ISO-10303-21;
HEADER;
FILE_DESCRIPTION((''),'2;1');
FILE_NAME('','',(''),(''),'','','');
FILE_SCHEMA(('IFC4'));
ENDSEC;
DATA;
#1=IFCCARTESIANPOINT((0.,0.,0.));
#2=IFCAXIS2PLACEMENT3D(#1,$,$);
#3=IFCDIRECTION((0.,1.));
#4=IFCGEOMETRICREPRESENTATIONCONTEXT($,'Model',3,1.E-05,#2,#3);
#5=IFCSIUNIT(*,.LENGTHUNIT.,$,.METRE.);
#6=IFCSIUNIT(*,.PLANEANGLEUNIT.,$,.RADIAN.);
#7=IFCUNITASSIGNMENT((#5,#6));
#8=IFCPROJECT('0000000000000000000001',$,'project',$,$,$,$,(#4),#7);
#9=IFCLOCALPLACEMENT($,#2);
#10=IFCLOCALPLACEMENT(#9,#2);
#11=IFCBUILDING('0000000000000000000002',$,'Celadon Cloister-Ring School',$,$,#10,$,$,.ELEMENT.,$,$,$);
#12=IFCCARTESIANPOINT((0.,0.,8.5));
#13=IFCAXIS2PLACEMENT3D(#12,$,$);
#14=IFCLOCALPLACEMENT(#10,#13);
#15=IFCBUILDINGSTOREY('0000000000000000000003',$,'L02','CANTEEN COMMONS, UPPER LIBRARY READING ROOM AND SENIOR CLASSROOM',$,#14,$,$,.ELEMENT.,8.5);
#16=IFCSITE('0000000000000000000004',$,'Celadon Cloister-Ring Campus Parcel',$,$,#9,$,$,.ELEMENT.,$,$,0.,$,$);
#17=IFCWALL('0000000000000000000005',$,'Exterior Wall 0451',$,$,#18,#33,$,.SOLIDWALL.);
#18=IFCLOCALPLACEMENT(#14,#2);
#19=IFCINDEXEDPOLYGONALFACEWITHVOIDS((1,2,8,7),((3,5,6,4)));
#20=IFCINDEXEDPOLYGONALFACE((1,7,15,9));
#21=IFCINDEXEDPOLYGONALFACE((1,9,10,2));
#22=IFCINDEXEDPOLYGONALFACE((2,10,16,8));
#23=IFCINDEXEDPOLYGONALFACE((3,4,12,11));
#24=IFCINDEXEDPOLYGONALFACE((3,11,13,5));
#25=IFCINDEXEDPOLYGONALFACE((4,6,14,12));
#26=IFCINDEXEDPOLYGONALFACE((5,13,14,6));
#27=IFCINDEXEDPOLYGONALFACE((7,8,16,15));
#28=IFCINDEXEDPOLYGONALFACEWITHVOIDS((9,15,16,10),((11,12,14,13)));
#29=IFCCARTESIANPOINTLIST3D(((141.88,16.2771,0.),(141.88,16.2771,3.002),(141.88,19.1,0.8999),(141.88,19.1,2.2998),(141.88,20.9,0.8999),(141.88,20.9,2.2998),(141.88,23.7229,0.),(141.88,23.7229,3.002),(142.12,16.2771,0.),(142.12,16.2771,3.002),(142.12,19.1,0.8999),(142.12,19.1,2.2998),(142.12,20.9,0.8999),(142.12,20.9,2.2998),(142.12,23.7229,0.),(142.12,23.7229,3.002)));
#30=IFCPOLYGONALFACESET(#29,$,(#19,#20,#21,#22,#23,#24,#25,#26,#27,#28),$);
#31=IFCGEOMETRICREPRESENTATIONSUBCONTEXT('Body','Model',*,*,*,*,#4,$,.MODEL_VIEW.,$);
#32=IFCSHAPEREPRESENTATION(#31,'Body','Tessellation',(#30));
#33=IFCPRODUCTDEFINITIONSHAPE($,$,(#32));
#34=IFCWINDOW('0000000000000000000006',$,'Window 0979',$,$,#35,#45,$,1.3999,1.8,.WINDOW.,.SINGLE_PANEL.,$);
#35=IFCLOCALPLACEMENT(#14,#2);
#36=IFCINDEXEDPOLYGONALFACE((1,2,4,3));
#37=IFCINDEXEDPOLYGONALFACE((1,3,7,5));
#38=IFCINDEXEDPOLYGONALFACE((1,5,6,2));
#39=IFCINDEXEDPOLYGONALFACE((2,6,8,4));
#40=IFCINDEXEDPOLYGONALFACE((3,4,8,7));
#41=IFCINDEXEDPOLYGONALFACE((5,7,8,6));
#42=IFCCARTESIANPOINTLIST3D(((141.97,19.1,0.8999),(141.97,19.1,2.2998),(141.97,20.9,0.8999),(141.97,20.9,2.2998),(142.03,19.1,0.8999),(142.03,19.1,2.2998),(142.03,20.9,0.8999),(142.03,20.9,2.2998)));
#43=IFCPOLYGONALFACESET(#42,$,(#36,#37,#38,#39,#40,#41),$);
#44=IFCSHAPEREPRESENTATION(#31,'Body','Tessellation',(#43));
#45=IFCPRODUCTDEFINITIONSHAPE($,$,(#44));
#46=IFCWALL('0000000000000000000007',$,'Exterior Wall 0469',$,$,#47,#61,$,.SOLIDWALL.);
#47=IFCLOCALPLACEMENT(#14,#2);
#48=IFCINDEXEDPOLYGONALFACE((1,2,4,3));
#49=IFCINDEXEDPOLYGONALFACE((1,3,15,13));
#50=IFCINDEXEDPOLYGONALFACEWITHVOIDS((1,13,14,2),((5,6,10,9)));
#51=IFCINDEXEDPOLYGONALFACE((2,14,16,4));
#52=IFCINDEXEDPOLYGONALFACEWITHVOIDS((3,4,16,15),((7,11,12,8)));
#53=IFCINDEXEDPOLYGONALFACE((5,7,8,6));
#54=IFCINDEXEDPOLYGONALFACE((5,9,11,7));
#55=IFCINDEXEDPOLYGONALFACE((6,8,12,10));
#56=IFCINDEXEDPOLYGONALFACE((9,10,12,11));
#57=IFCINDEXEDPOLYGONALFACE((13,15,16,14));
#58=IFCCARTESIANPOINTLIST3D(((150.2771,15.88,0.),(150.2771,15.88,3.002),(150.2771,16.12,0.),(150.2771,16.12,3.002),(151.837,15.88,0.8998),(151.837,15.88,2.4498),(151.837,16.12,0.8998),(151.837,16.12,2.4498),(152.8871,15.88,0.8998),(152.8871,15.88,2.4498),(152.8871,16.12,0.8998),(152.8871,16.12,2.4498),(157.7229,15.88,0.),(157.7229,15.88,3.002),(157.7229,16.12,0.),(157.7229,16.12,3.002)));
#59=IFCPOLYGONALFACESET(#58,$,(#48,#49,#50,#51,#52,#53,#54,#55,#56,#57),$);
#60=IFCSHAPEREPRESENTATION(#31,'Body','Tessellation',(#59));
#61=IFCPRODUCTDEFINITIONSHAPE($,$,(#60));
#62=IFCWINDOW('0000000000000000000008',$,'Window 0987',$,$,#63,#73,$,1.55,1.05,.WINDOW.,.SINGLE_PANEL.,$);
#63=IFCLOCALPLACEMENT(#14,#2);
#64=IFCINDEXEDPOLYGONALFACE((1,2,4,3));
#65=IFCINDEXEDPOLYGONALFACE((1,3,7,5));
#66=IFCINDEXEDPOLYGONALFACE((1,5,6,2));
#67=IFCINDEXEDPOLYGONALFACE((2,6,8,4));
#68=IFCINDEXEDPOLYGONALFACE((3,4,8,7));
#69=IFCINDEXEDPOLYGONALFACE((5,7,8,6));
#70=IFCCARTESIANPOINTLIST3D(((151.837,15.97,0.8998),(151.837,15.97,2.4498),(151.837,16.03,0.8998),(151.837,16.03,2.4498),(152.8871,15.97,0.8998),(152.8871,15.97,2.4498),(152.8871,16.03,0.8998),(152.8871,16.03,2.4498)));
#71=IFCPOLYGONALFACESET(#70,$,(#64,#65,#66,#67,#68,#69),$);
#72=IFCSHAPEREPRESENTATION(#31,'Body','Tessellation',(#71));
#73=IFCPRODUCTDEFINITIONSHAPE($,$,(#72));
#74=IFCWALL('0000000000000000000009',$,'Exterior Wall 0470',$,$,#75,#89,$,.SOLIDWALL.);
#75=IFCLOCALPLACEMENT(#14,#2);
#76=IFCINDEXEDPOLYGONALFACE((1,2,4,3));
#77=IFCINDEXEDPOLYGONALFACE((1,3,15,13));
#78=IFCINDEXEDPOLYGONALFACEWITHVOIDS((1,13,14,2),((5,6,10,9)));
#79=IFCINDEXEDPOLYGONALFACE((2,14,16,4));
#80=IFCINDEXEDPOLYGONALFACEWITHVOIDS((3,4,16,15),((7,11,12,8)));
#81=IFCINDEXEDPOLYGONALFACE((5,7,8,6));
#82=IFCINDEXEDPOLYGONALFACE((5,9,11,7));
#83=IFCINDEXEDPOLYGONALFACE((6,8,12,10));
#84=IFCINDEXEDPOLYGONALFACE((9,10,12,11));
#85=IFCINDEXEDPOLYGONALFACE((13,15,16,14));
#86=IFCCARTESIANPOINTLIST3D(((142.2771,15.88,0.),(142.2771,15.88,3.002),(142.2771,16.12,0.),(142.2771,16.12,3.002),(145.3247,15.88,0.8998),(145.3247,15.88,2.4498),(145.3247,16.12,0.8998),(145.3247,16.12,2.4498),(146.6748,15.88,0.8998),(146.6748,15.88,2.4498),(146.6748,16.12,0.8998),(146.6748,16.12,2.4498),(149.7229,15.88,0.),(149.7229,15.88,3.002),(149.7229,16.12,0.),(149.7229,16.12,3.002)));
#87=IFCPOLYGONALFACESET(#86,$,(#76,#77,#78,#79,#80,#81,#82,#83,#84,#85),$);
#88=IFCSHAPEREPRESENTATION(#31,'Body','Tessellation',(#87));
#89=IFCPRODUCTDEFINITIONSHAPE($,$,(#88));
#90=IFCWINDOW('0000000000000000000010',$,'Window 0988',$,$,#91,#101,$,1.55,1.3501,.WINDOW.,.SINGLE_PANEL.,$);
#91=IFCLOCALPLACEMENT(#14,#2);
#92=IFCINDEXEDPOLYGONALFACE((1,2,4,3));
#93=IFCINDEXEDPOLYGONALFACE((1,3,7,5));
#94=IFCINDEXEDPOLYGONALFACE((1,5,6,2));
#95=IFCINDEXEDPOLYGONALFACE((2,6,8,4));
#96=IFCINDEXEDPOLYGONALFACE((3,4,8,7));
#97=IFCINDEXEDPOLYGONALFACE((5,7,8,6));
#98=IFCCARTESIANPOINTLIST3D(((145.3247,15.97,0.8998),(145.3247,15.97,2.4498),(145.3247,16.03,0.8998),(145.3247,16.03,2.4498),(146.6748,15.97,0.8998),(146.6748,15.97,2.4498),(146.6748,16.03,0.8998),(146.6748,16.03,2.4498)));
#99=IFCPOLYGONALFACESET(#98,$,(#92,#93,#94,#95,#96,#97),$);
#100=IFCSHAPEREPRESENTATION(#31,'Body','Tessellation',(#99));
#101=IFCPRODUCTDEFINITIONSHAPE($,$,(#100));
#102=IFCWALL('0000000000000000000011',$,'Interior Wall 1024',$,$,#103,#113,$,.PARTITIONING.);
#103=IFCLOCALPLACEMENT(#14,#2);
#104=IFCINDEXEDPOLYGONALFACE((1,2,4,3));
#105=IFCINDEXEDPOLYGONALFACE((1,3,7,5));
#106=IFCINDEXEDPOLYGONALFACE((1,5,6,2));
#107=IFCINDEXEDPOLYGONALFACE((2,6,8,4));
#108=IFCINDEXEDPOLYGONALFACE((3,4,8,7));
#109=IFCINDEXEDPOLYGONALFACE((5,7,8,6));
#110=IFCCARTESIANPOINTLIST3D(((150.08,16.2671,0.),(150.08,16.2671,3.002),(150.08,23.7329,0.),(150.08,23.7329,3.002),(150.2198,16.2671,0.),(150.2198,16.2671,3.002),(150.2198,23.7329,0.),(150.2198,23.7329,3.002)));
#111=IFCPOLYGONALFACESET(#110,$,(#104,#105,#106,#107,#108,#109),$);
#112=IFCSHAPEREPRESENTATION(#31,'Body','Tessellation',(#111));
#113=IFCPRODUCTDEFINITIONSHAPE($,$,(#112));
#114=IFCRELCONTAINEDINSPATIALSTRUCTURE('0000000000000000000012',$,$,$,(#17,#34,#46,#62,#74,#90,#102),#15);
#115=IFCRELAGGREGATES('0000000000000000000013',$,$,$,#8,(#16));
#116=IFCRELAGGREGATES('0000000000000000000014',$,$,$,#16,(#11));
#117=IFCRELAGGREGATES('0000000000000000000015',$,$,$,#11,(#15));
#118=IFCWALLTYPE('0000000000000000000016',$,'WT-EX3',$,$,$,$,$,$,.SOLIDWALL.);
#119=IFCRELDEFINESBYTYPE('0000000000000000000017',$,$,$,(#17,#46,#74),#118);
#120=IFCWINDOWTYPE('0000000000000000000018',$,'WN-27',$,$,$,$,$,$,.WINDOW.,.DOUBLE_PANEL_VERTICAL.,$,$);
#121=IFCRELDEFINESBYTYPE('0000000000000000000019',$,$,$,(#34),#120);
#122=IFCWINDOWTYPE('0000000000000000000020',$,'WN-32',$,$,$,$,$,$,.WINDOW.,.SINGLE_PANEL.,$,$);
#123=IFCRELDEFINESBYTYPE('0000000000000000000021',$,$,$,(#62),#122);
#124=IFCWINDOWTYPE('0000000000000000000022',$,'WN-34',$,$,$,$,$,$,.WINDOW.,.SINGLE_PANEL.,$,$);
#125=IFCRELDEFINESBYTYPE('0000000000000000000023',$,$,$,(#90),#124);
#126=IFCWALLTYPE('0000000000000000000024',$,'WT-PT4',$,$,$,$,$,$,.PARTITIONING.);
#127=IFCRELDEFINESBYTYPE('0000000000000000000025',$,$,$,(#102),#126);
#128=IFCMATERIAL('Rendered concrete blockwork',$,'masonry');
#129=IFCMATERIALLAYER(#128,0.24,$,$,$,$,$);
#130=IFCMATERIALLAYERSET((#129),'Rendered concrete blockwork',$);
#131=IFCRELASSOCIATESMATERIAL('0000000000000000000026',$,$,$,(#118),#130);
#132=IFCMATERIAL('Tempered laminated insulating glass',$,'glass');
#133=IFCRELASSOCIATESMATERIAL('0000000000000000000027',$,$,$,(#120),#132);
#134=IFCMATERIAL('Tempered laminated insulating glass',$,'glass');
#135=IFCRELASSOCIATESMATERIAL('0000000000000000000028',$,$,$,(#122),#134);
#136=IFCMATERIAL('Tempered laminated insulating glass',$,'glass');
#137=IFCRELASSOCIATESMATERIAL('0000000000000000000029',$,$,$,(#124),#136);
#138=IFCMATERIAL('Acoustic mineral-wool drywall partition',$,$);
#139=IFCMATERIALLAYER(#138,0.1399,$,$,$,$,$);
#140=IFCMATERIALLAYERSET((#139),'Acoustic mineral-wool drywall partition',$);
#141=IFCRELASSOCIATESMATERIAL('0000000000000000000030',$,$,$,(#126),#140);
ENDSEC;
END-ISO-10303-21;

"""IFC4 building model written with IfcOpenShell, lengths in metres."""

from ifc_helpers import new_model, si_unit, direction, frame, frame_2d, origin, place, context, subcontext, project, spatial, rectangle, extrude, material, layer, layer_set, type_object, element, fill, save


model = new_model("IFC4")

# Units and contexts
model_context = context("Model", 3, precision=1e-05, world=origin(), true_north=direction((0.0, 1.0)))
body_context = subcontext(model_context, "Body", "Model", "MODEL_VIEW")
ifc_project = project(units=[si_unit("LENGTHUNIT", "METRE"), si_unit("PLANEANGLEUNIT", "RADIAN")], contexts=[model_context])

# Site, building, storey
site_placement = place(None, origin())
site = spatial("IfcSite", under=ifc_project, at=site_placement, Name="Celadon Cloister-Ring Campus Parcel", CompositionType="ELEMENT", RefElevation=0.0)
building_placement = place(site_placement, origin())
building = spatial("IfcBuilding", under=site, at=building_placement, Name="Celadon Cloister-Ring School", CompositionType="ELEMENT")
storey_placement = place(building_placement, frame((0.0, 0.0, 8.5)))
storey = spatial("IfcBuildingStorey", under=building, at=storey_placement, Name="L02", Description="CANTEEN COMMONS, UPPER LIBRARY READING ROOM AND SENIOR CLASSROOM", CompositionType="ELEMENT", Elevation=8.5)

# Walls, openings, windows
ifc_material_1 = material(Name="Rendered concrete blockwork", Category="masonry")
ifc_layer_1 = layer(ifc_material_1, 0.24)
ifc_layer_set_1 = layer_set([ifc_layer_1], Name="Rendered concrete blockwork")
wall_type_1 = type_object("IfcWallType", Name="WT-EX3", PredefinedType="SOLIDWALL", material=ifc_layer_set_1)
wall_1_placement = place(storey_placement, frame((142.0, 16.2771, 0.0), z_axis=(0.0, 0.0, 1.0), x_axis=(0.0, 1.0, 0.0)))
wall_1 = element("IfcWall", 1, at=wall_1_placement, inside=storey, type_object=wall_type_1, Name="Exterior Wall 0451", PredefinedType="SOLIDWALL", context=body_context, shape_type="SweptSolid", body=[
    extrude(rectangle(XDim=7.4458, YDim=0.24, at=frame_2d((3.7229, 0.0))), origin(), (0.0, 0.0, 1.0), 3.002),
])
opening_1_placement = place(wall_1_placement, frame((2.823, 0.0, 0.8999)))
opening_1 = element("IfcOpeningElement", 2, at=opening_1_placement, cuts=wall_1, PredefinedType="OPENING", context=body_context, shape_type="SweptSolid", body=[
    extrude(rectangle(XDim=1.8, YDim=1.3999, at=frame_2d((0.8999, 0.7))), frame((0.0, 0.1299, 0.0), z_axis=(0.0, -1.0, 0.0), x_axis=(1.0, 0.0, 0.0)), (0.0, 0.0, 1.0), 0.26),
])
ifc_material_2 = material(Name="Tempered laminated insulating glass", Category="glass")
window_type_1 = type_object("IfcWindowType", Name="WN-27", PartitioningType="DOUBLE_PANEL_VERTICAL", PredefinedType="WINDOW", material=ifc_material_2)
window_1_placement = place(opening_1_placement, origin())
window_1 = element("IfcWindow", 3, at=window_1_placement, inside=storey, type_object=window_type_1, Name="Window 0979", OverallHeight=1.3999, OverallWidth=1.8, PartitioningType="SINGLE_PANEL", PredefinedType="WINDOW", context=body_context, shape_type="SweptSolid", body=[
    extrude(rectangle(XDim=1.8, YDim=1.3999, at=frame_2d((0.8999, 0.7))), frame((0.0, 0.03, 0.0), z_axis=(0.0, -1.0, 0.0), x_axis=(1.0, 0.0, 0.0)), (0.0, 0.0, 1.0), 0.0601),
])
fill(opening_1, window_1)
wall_2_placement = place(storey_placement, frame((157.7229, 16.0, 0.0), z_axis=(0.0, 0.0, 1.0), x_axis=(-1.0, 0.0, 0.0)))
wall_2 = element("IfcWall", 4, at=wall_2_placement, inside=storey, type_object=wall_type_1, Name="Exterior Wall 0469", PredefinedType="SOLIDWALL", context=body_context, shape_type="SweptSolid", body=[
    extrude(rectangle(XDim=7.4458, YDim=0.24, at=frame_2d((3.7229, 0.0))), origin(), (0.0, 0.0, 1.0), 3.002),
])
opening_2_placement = place(wall_2_placement, frame((4.8359, 0.0, 0.8999)))
opening_2 = element("IfcOpeningElement", 5, at=opening_2_placement, cuts=wall_2, PredefinedType="OPENING", context=body_context, shape_type="SweptSolid", body=[
    extrude(rectangle(XDim=1.05, YDim=1.55, at=frame_2d((0.5249, 0.7749))), frame((0.0, 0.1299, 0.0), z_axis=(0.0, -1.0, 0.0), x_axis=(1.0, 0.0, 0.0)), (0.0, 0.0, 1.0), 0.26),
])
ifc_material_3 = material(Name="Tempered laminated insulating glass", Category="glass")
window_type_2 = type_object("IfcWindowType", Name="WN-32", PartitioningType="SINGLE_PANEL", PredefinedType="WINDOW", material=ifc_material_3)
window_2_placement = place(opening_2_placement, origin())
window_2 = element("IfcWindow", 6, at=window_2_placement, inside=storey, type_object=window_type_2, Name="Window 0987", OverallHeight=1.55, OverallWidth=1.05, PartitioningType="SINGLE_PANEL", PredefinedType="WINDOW", context=body_context, shape_type="SweptSolid", body=[
    extrude(rectangle(XDim=1.05, YDim=1.55, at=frame_2d((0.5249, 0.7749))), frame((0.0, 0.03, 0.0), z_axis=(0.0, -1.0, 0.0), x_axis=(1.0, 0.0, 0.0)), (0.0, 0.0, 1.0), 0.0601),
])
fill(opening_2, window_2)
wall_3_placement = place(storey_placement, frame((149.7229, 16.0, 0.0), z_axis=(0.0, 0.0, 1.0), x_axis=(-1.0, 0.0, 0.0)))
wall_3 = element("IfcWall", 7, at=wall_3_placement, inside=storey, type_object=wall_type_1, Name="Exterior Wall 0470", PredefinedType="SOLIDWALL", context=body_context, shape_type="SweptSolid", body=[
    extrude(rectangle(XDim=7.4458, YDim=0.24, at=frame_2d((3.7229, 0.0))), origin(), (0.0, 0.0, 1.0), 3.002),
])
opening_3_placement = place(wall_3_placement, frame((3.0481, 0.0, 0.8999)))
opening_3 = element("IfcOpeningElement", 8, at=opening_3_placement, cuts=wall_3, PredefinedType="OPENING", context=body_context, shape_type="SweptSolid", body=[
    extrude(rectangle(XDim=1.3501, YDim=1.55, at=frame_2d((0.675, 0.7749))), frame((0.0, 0.1299, 0.0), z_axis=(0.0, -1.0, 0.0), x_axis=(1.0, 0.0, 0.0)), (0.0, 0.0, 1.0), 0.26),
])
ifc_material_4 = material(Name="Tempered laminated insulating glass", Category="glass")
window_type_3 = type_object("IfcWindowType", Name="WN-34", PartitioningType="SINGLE_PANEL", PredefinedType="WINDOW", material=ifc_material_4)
window_3_placement = place(opening_3_placement, origin())
window_3 = element("IfcWindow", 9, at=window_3_placement, inside=storey, type_object=window_type_3, Name="Window 0988", OverallHeight=1.55, OverallWidth=1.3501, PartitioningType="SINGLE_PANEL", PredefinedType="WINDOW", context=body_context, shape_type="SweptSolid", body=[
    extrude(rectangle(XDim=1.3501, YDim=1.55, at=frame_2d((0.675, 0.7749))), frame((0.0, 0.03, 0.0), z_axis=(0.0, -1.0, 0.0), x_axis=(1.0, 0.0, 0.0)), (0.0, 0.0, 1.0), 0.0601),
])
fill(opening_3, window_3)

# Wall
ifc_material_5 = material(Name="Acoustic mineral-wool drywall partition")
ifc_layer_2 = layer(ifc_material_5, 0.1399)
ifc_layer_set_2 = layer_set([ifc_layer_2], Name="Acoustic mineral-wool drywall partition")
wall_type_2 = type_object("IfcWallType", Name="WT-PT4", PredefinedType="PARTITIONING", material=ifc_layer_set_2)
wall_4_placement = place(storey_placement, frame((150.1499, 16.2671, 0.0), z_axis=(0.0, 0.0, 1.0), x_axis=(0.0, 1.0, 0.0)))
element("IfcWall", 10, at=wall_4_placement, inside=storey, type_object=wall_type_2, Name="Interior Wall 1024", PredefinedType="PARTITIONING", context=body_context, shape_type="SweptSolid", body=[
    extrude(rectangle(XDim=7.4658, YDim=0.1399, at=frame_2d((3.7329, 0.0))), origin(), (0.0, 0.0, 1.0), 3.002),
])

save(model, "model.ifc")
